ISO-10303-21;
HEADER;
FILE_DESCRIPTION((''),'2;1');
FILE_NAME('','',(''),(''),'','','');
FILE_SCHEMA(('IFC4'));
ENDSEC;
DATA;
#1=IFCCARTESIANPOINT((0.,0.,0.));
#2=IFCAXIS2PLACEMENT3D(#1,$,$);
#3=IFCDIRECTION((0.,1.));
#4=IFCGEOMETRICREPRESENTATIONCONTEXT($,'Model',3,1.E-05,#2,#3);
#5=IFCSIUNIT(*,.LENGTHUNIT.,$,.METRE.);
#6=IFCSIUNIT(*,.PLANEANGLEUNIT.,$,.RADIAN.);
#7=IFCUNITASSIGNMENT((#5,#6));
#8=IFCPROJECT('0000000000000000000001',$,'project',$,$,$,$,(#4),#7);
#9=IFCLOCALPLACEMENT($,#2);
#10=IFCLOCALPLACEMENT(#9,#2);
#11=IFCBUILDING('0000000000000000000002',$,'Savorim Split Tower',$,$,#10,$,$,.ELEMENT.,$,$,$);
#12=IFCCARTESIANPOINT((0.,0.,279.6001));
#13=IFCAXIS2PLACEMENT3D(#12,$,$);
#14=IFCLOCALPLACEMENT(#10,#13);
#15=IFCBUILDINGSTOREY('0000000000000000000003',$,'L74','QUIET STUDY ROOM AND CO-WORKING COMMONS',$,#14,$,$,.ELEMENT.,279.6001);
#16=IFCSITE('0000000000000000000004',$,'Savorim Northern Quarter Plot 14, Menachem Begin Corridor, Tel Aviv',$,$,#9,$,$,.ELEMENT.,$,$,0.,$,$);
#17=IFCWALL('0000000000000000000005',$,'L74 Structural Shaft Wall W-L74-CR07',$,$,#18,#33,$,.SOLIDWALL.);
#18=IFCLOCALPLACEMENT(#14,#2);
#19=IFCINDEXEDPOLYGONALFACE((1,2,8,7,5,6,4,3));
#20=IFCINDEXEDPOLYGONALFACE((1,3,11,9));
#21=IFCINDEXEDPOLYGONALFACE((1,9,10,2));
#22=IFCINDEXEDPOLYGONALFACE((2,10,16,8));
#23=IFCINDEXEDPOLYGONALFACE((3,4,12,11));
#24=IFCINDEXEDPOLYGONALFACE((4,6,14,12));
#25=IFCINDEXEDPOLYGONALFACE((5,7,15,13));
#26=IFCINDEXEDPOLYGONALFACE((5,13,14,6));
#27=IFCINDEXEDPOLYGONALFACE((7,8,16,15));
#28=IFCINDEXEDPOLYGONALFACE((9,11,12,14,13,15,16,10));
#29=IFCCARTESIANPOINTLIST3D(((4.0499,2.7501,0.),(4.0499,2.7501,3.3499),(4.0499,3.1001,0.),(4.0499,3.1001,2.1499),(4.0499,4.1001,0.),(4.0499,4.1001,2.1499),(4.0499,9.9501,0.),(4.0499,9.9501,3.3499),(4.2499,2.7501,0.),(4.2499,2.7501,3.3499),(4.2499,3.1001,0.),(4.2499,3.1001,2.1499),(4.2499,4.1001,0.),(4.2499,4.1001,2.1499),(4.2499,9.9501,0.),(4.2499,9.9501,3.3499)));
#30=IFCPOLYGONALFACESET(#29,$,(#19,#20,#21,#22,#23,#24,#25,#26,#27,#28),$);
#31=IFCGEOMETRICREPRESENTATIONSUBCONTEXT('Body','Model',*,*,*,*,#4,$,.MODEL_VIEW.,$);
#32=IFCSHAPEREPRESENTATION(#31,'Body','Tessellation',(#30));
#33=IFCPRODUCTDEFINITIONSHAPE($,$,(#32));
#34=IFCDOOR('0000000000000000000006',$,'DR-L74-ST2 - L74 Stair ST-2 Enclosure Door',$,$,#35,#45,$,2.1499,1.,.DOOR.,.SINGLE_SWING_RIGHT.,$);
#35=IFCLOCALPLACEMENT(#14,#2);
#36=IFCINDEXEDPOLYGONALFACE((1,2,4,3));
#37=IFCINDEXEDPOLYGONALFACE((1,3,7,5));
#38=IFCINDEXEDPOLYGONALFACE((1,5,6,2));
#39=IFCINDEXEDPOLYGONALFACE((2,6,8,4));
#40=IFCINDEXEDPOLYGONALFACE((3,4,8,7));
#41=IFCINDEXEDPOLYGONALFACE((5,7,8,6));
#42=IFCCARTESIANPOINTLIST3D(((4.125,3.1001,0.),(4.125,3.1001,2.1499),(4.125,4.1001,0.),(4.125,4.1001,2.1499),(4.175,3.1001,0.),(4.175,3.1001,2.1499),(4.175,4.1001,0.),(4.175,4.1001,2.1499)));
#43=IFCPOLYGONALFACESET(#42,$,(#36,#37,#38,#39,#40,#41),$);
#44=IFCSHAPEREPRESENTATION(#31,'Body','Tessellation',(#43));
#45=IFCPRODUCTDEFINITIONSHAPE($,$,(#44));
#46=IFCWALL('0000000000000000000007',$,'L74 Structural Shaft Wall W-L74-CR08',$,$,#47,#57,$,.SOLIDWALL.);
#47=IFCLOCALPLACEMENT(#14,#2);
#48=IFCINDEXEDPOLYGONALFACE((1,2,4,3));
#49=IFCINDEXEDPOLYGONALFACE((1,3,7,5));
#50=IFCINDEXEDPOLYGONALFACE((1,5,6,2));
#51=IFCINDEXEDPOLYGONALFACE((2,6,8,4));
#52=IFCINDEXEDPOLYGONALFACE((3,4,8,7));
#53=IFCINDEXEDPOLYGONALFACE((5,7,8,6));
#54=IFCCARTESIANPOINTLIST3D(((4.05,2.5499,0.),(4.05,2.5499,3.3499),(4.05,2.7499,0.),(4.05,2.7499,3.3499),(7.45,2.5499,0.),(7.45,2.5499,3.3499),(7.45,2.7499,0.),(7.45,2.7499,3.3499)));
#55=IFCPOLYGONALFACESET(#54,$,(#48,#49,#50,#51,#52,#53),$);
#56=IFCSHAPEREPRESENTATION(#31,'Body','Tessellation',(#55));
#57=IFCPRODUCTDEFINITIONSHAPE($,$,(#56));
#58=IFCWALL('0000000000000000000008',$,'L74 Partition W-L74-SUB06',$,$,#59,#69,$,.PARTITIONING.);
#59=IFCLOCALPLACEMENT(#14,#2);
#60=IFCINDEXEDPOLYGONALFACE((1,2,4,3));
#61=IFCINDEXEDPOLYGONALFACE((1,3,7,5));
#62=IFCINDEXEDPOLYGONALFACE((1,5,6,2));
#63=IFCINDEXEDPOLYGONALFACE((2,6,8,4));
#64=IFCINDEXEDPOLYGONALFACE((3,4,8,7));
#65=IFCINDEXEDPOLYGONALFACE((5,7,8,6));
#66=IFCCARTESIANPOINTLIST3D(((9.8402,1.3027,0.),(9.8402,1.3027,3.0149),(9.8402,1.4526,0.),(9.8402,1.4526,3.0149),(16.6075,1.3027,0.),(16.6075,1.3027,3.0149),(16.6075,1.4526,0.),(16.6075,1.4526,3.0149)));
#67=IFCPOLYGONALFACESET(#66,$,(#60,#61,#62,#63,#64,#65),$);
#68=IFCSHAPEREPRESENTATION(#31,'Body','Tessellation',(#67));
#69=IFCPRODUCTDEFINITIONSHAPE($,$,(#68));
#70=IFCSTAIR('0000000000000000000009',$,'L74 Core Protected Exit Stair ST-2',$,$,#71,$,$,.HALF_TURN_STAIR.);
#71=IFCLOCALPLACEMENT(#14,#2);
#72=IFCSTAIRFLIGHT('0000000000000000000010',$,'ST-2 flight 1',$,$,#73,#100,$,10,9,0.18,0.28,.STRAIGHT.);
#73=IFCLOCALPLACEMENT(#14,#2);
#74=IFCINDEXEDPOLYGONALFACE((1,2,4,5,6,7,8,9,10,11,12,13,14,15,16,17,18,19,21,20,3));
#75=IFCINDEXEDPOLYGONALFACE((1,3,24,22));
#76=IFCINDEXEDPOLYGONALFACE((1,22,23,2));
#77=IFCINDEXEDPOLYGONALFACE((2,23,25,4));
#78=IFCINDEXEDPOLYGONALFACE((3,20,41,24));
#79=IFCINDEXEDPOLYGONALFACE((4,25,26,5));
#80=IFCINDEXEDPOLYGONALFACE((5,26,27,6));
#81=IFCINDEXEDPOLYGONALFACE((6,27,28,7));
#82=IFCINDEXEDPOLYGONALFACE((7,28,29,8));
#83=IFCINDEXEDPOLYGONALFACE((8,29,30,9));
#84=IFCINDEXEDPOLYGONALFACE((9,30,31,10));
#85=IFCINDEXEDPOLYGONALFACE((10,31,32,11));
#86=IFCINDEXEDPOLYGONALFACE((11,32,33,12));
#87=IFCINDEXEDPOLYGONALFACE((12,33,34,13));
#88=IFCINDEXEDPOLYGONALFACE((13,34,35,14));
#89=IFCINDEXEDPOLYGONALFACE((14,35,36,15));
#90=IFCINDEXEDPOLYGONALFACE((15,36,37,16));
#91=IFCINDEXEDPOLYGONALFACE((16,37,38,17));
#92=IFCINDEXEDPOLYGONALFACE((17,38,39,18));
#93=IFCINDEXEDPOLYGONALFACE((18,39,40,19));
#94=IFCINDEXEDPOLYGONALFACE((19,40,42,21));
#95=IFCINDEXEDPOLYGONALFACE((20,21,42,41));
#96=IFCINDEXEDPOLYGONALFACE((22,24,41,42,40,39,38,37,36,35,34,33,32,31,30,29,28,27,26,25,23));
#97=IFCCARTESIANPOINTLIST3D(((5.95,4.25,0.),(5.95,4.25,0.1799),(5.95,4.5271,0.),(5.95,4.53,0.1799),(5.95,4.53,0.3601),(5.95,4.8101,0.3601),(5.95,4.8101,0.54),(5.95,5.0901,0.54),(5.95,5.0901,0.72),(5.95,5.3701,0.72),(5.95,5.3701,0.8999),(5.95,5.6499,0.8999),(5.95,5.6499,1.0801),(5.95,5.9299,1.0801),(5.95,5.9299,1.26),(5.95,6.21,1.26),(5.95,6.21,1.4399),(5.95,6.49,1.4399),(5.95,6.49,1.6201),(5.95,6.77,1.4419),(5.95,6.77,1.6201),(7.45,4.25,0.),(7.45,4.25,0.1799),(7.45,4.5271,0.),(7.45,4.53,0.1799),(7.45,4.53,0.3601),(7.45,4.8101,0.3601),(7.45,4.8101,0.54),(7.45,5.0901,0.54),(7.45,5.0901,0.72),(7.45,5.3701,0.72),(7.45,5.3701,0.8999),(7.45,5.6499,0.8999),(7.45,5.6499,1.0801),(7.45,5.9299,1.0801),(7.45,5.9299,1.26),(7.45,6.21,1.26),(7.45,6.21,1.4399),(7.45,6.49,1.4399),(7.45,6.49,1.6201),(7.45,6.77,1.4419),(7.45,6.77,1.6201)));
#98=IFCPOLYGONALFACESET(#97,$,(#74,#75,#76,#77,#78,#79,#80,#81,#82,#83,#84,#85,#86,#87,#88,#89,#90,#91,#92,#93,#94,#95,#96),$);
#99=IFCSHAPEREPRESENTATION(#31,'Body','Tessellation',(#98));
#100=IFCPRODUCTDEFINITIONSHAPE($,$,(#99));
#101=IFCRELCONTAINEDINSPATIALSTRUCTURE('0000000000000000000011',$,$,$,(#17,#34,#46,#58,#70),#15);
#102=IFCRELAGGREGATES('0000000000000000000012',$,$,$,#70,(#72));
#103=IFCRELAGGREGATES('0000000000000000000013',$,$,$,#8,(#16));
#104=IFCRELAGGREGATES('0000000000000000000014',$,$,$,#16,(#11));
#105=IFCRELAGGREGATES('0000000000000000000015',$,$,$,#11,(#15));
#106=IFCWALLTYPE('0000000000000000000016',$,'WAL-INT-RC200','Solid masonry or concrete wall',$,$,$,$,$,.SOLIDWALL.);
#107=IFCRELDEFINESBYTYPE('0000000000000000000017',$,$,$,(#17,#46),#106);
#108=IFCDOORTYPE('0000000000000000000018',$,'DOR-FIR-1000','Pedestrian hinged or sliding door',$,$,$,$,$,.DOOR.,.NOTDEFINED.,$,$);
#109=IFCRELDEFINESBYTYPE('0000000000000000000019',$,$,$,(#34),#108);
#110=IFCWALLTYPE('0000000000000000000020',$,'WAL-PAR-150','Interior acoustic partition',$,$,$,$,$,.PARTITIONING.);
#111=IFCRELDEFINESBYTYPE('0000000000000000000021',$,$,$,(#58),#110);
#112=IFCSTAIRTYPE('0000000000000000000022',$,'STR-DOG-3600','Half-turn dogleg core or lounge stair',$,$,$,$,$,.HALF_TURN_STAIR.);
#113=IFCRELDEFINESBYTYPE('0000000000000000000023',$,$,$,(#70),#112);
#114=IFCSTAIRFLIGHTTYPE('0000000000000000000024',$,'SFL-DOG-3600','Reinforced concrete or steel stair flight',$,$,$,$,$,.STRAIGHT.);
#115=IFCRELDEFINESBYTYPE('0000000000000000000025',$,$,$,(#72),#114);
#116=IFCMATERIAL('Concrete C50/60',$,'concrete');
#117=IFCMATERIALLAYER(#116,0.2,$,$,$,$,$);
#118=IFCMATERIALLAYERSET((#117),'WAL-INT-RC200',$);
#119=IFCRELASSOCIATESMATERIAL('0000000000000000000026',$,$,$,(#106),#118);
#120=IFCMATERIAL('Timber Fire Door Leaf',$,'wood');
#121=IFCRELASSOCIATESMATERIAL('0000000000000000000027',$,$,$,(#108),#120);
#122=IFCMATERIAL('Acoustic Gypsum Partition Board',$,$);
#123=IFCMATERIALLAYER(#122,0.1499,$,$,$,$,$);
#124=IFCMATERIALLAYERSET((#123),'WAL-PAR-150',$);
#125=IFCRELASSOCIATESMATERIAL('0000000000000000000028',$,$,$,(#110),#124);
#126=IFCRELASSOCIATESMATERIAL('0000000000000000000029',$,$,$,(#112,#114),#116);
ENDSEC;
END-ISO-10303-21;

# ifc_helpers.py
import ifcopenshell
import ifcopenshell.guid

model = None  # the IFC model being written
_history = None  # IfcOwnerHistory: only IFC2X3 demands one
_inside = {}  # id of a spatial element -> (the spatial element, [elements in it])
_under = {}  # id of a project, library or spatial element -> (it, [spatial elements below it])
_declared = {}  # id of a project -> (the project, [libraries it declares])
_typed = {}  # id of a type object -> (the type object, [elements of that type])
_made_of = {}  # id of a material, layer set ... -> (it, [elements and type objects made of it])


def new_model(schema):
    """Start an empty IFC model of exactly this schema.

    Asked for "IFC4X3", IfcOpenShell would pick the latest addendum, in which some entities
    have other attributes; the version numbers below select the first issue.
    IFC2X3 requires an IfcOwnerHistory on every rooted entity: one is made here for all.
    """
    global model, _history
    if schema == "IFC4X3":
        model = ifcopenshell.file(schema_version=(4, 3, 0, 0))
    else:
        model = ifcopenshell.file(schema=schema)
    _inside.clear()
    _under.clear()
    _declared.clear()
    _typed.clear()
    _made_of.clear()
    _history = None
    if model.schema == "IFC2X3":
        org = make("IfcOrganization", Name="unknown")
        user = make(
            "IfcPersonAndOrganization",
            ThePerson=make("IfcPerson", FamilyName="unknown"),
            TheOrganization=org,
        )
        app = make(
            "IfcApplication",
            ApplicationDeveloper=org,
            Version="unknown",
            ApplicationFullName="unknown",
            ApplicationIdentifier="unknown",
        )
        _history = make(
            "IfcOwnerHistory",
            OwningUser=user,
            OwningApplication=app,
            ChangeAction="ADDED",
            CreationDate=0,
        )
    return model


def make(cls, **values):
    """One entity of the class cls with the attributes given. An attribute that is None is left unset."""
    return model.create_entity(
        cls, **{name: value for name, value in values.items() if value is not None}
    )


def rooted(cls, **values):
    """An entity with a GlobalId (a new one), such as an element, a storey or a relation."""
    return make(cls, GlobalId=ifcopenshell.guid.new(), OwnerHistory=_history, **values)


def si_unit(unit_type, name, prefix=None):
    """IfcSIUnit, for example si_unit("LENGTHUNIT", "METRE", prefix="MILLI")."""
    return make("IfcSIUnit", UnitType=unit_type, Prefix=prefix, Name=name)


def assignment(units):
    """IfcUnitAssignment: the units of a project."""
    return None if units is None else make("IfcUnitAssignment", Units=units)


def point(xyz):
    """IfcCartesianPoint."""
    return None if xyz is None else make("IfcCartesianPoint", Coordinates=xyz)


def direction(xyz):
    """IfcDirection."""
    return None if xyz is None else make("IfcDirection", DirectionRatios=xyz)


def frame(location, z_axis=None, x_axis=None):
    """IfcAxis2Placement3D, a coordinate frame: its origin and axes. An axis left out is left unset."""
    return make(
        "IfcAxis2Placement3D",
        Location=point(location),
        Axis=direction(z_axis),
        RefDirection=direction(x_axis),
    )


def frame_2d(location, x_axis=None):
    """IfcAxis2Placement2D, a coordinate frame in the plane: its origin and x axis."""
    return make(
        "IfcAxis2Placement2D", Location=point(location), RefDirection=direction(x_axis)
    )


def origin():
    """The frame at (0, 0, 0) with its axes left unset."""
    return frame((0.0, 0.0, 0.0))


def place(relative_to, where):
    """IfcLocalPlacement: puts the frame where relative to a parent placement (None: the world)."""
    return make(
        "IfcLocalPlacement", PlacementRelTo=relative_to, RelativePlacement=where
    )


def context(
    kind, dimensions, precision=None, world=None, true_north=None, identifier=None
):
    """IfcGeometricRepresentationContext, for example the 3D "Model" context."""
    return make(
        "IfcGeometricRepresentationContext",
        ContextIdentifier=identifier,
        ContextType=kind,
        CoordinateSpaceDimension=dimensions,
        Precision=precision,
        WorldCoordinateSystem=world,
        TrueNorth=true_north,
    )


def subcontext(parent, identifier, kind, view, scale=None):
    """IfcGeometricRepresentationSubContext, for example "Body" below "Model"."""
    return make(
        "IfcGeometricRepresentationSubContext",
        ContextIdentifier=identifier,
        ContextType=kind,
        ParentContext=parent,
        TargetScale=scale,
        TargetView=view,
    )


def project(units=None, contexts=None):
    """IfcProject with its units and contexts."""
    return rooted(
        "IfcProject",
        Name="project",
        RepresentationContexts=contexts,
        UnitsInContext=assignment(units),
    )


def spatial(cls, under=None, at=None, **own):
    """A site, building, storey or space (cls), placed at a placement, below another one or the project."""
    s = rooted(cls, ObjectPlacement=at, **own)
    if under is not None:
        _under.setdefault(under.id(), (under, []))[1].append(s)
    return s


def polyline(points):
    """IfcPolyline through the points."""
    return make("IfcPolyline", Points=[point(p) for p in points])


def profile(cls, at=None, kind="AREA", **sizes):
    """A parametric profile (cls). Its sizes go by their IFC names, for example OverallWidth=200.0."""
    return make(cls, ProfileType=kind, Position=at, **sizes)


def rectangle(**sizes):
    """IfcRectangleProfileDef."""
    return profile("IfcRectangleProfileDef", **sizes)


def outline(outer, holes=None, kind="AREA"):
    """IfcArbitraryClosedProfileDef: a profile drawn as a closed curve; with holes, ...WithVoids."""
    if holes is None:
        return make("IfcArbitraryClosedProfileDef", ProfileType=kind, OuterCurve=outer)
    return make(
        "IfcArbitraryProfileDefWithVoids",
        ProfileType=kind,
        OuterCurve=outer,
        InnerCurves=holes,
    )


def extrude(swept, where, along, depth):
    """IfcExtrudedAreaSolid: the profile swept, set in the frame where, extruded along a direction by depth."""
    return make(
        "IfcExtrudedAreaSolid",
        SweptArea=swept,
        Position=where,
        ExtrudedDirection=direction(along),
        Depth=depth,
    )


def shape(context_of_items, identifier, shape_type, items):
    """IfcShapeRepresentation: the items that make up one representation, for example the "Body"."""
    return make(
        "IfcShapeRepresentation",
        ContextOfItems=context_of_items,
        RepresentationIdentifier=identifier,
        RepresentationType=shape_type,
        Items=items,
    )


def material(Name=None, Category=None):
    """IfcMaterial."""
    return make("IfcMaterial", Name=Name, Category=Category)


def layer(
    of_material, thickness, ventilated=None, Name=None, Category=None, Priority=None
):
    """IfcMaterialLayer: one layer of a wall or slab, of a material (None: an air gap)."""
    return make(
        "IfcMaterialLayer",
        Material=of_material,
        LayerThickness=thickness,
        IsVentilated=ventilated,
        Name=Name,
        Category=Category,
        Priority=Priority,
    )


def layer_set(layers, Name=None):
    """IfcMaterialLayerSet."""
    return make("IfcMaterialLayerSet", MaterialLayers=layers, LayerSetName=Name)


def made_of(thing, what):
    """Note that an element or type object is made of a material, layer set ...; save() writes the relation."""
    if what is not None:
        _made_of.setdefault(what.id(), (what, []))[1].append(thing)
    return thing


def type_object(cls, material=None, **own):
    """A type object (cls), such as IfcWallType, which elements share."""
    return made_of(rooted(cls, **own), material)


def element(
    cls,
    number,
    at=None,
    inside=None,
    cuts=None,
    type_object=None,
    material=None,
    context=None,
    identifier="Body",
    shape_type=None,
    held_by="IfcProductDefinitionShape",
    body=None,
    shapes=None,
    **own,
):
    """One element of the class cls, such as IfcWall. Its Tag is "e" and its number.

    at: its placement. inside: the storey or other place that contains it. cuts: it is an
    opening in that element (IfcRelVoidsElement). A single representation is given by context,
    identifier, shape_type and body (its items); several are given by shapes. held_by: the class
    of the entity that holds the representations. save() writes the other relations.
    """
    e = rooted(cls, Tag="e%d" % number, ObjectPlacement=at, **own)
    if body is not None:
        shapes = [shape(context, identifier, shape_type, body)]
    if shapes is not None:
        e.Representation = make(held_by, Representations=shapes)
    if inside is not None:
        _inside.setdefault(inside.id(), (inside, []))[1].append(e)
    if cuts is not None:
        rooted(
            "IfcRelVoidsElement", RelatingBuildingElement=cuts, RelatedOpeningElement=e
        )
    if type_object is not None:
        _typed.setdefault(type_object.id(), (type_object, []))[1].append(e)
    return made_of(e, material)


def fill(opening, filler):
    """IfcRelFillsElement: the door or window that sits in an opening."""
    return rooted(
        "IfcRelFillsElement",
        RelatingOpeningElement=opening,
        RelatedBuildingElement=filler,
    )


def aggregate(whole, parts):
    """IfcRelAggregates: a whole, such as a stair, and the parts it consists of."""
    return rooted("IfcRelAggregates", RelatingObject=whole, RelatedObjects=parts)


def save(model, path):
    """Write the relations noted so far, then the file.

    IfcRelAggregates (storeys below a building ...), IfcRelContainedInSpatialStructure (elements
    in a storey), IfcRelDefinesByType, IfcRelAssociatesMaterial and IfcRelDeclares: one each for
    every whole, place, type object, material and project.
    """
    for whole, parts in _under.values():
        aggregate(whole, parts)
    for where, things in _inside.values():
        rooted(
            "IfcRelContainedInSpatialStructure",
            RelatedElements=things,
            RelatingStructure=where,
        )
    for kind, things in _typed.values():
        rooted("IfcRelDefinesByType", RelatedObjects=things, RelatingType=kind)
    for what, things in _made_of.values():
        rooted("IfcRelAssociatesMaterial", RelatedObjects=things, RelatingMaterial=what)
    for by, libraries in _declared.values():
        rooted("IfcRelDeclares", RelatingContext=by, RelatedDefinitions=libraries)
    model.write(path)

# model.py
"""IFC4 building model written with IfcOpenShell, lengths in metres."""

from ifc_helpers import new_model, si_unit, direction, frame, frame_2d, origin, place, context, subcontext, project, spatial, polyline, rectangle, outline, extrude, material, layer, layer_set, type_object, element, fill, aggregate, save


model = new_model("IFC4")

# Units and contexts
model_context = context("Model", 3, precision=1e-05, world=origin(), true_north=direction((0.0, 1.0)))
body_context = subcontext(model_context, "Body", "Model", "MODEL_VIEW")
ifc_project = project(units=[si_unit("LENGTHUNIT", "METRE"), si_unit("PLANEANGLEUNIT", "RADIAN")], contexts=[model_context])

# Site, building, storey
site_placement = place(None, origin())
site = spatial("IfcSite", under=ifc_project, at=site_placement, Name="Savorim Northern Quarter Plot 14, Menachem Begin Corridor, Tel Aviv", CompositionType="ELEMENT", RefElevation=0.0)
building_placement = place(site_placement, origin())
building = spatial("IfcBuilding", under=site, at=building_placement, Name="Savorim Split Tower", CompositionType="ELEMENT")
storey_placement = place(building_placement, frame((0.0, 0.0, 279.6001)))
storey = spatial("IfcBuildingStorey", under=building, at=storey_placement, Name="L74", Description="QUIET STUDY ROOM AND CO-WORKING COMMONS", CompositionType="ELEMENT", Elevation=279.6001)

# Wall, opening, door
ifc_material_1 = material(Name="Concrete C50/60", Category="concrete")
ifc_layer_1 = layer(ifc_material_1, 0.2)
ifc_layer_set_1 = layer_set([ifc_layer_1], Name="WAL-INT-RC200")
wall_type_1 = type_object("IfcWallType", Name="WAL-INT-RC200", Description="Solid masonry or concrete wall", PredefinedType="SOLIDWALL", material=ifc_layer_set_1)
wall_1_placement = place(storey_placement, frame((4.1499, 2.75, 0.0), z_axis=(0.0, 0.0, 1.0), x_axis=(0.0, 1.0, 0.0)))
wall_1 = element("IfcWall", 1, at=wall_1_placement, inside=storey, type_object=wall_type_1, Name="L74 Structural Shaft Wall W-L74-CR07", PredefinedType="SOLIDWALL", context=body_context, shape_type="SweptSolid", body=[
    extrude(rectangle(XDim=7.2, YDim=0.2, at=frame_2d((3.6001, 0.0))), origin(), (0.0, 0.0, 1.0), 3.3499),
])
opening_1_placement = place(wall_1_placement, frame((0.3501, 0.0, 0.0)))
opening_1 = element("IfcOpeningElement", 2, at=opening_1_placement, cuts=wall_1, PredefinedType="OPENING", context=body_context, shape_type="SweptSolid", body=[
    extrude(rectangle(XDim=1.0, YDim=2.1499, at=frame_2d((0.5, 1.075))), frame((0.0, 0.1099, 0.0), z_axis=(0.0, -1.0, 0.0), x_axis=(1.0, 0.0, 0.0)), (0.0, 0.0, 1.0), 0.22),
])
ifc_material_2 = material(Name="Timber Fire Door Leaf", Category="wood")
door_type_1 = type_object("IfcDoorType", Name="DOR-FIR-1000", Description="Pedestrian hinged or sliding door", OperationType="NOTDEFINED", PredefinedType="DOOR", material=ifc_material_2)
door_1_placement = place(opening_1_placement, origin())
door_1 = element("IfcDoor", 3, at=door_1_placement, inside=storey, type_object=door_type_1, Name="DR-L74-ST2 - L74 Stair ST-2 Enclosure Door", OperationType="SINGLE_SWING_RIGHT", OverallHeight=2.1499, OverallWidth=1.0, PredefinedType="DOOR", context=body_context, shape_type="SweptSolid", body=[
    extrude(rectangle(XDim=1.0, YDim=2.1499, at=frame_2d((0.5, 1.075))), frame((0.0, 0.0249, 0.0), z_axis=(0.0, -1.0, 0.0), x_axis=(1.0, 0.0, 0.0)), (0.0, 0.0, 1.0), 0.05),
])
fill(opening_1, door_1)

# Wall
wall_2_placement = place(storey_placement, frame((4.05, 2.6499, 0.0), z_axis=(0.0, 0.0, 1.0), x_axis=(1.0, 0.0, 0.0)))
element("IfcWall", 4, at=wall_2_placement, inside=storey, type_object=wall_type_1, Name="L74 Structural Shaft Wall W-L74-CR08", PredefinedType="SOLIDWALL", context=body_context, shape_type="SweptSolid", body=[
    extrude(rectangle(XDim=3.3999, YDim=0.2, at=frame_2d((1.7, 0.0))), origin(), (0.0, 0.0, 1.0), 3.3499),
])

# Wall
ifc_material_3 = material(Name="Acoustic Gypsum Partition Board")
ifc_layer_2 = layer(ifc_material_3, 0.1499)
ifc_layer_set_2 = layer_set([ifc_layer_2], Name="WAL-PAR-150")
wall_type_2 = type_object("IfcWallType", Name="WAL-PAR-150", Description="Interior acoustic partition", PredefinedType="PARTITIONING", material=ifc_layer_set_2)
wall_3_placement = place(storey_placement, frame((9.8401, 1.3777, 0.0), z_axis=(0.0, 0.0, 1.0), x_axis=(1.0, 0.0, 0.0)))
element("IfcWall", 5, at=wall_3_placement, inside=storey, type_object=wall_type_2, Name="L74 Partition W-L74-SUB06", PredefinedType="PARTITIONING", context=body_context, shape_type="SweptSolid", body=[
    extrude(rectangle(XDim=6.7673, YDim=0.1499, at=frame_2d((3.3838, 0.0))), origin(), (0.0, 0.0, 1.0), 3.0149),
])

# Stair, stair flight
stair_type = type_object("IfcStairType", Name="STR-DOG-3600", Description="Half-turn dogleg core or lounge stair", PredefinedType="HALF_TURN_STAIR", material=ifc_material_1)
stair_placement = place(storey_placement, origin())
stair = element("IfcStair", 6, at=stair_placement, inside=storey, type_object=stair_type, Name="L74 Core Protected Exit Stair ST-2", PredefinedType="HALF_TURN_STAIR")
stair_flight_type = type_object("IfcStairFlightType", Name="SFL-DOG-3600", Description="Reinforced concrete or steel stair flight", PredefinedType="STRAIGHT", material=ifc_material_1)
stair_flight_placement = place(storey_placement, frame((6.7, 4.25, 0.0), z_axis=(0.0, 0.0, 1.0), x_axis=(0.0, 1.0, 0.0)))
stair_flight = element("IfcStairFlight", 7, at=stair_flight_placement, type_object=stair_flight_type, Name="ST-2 flight 1", NumberOfRisers=10, NumberOfTreads=9, PredefinedType="STRAIGHT", RiserHeight=0.18, TreadLength=0.28, context=body_context, shape_type="SweptSolid", body=[
    extrude(outline(polyline([(0.0, 0.0), (0.0, 0.1799), (0.28, 0.1799), (0.28, 0.3601), (0.5601, 0.3601), (0.5601, 0.54), (0.8401, 0.54), (0.8401, 0.72), (1.1201, 0.72), (1.1201, 0.8999), (1.3999, 0.8999), (1.3999, 1.0801), (1.6799, 1.0801), (1.6799, 1.26), (1.96, 1.26), (1.96, 1.4399), (2.24, 1.4399), (2.24, 1.6201), (2.52, 1.6201), (2.52, 1.8), (2.52, 1.4419), (0.2771, 0.0), (0.0, 0.0)])), frame((0.0, 0.75, 0.0), z_axis=(0.0, -1.0, 0.0), x_axis=(1.0, 0.0, 0.0)), (0.0, 0.0, 1.0), 1.5),
])
aggregate(stair, [stair_flight])

save(model, "model.ifc")
